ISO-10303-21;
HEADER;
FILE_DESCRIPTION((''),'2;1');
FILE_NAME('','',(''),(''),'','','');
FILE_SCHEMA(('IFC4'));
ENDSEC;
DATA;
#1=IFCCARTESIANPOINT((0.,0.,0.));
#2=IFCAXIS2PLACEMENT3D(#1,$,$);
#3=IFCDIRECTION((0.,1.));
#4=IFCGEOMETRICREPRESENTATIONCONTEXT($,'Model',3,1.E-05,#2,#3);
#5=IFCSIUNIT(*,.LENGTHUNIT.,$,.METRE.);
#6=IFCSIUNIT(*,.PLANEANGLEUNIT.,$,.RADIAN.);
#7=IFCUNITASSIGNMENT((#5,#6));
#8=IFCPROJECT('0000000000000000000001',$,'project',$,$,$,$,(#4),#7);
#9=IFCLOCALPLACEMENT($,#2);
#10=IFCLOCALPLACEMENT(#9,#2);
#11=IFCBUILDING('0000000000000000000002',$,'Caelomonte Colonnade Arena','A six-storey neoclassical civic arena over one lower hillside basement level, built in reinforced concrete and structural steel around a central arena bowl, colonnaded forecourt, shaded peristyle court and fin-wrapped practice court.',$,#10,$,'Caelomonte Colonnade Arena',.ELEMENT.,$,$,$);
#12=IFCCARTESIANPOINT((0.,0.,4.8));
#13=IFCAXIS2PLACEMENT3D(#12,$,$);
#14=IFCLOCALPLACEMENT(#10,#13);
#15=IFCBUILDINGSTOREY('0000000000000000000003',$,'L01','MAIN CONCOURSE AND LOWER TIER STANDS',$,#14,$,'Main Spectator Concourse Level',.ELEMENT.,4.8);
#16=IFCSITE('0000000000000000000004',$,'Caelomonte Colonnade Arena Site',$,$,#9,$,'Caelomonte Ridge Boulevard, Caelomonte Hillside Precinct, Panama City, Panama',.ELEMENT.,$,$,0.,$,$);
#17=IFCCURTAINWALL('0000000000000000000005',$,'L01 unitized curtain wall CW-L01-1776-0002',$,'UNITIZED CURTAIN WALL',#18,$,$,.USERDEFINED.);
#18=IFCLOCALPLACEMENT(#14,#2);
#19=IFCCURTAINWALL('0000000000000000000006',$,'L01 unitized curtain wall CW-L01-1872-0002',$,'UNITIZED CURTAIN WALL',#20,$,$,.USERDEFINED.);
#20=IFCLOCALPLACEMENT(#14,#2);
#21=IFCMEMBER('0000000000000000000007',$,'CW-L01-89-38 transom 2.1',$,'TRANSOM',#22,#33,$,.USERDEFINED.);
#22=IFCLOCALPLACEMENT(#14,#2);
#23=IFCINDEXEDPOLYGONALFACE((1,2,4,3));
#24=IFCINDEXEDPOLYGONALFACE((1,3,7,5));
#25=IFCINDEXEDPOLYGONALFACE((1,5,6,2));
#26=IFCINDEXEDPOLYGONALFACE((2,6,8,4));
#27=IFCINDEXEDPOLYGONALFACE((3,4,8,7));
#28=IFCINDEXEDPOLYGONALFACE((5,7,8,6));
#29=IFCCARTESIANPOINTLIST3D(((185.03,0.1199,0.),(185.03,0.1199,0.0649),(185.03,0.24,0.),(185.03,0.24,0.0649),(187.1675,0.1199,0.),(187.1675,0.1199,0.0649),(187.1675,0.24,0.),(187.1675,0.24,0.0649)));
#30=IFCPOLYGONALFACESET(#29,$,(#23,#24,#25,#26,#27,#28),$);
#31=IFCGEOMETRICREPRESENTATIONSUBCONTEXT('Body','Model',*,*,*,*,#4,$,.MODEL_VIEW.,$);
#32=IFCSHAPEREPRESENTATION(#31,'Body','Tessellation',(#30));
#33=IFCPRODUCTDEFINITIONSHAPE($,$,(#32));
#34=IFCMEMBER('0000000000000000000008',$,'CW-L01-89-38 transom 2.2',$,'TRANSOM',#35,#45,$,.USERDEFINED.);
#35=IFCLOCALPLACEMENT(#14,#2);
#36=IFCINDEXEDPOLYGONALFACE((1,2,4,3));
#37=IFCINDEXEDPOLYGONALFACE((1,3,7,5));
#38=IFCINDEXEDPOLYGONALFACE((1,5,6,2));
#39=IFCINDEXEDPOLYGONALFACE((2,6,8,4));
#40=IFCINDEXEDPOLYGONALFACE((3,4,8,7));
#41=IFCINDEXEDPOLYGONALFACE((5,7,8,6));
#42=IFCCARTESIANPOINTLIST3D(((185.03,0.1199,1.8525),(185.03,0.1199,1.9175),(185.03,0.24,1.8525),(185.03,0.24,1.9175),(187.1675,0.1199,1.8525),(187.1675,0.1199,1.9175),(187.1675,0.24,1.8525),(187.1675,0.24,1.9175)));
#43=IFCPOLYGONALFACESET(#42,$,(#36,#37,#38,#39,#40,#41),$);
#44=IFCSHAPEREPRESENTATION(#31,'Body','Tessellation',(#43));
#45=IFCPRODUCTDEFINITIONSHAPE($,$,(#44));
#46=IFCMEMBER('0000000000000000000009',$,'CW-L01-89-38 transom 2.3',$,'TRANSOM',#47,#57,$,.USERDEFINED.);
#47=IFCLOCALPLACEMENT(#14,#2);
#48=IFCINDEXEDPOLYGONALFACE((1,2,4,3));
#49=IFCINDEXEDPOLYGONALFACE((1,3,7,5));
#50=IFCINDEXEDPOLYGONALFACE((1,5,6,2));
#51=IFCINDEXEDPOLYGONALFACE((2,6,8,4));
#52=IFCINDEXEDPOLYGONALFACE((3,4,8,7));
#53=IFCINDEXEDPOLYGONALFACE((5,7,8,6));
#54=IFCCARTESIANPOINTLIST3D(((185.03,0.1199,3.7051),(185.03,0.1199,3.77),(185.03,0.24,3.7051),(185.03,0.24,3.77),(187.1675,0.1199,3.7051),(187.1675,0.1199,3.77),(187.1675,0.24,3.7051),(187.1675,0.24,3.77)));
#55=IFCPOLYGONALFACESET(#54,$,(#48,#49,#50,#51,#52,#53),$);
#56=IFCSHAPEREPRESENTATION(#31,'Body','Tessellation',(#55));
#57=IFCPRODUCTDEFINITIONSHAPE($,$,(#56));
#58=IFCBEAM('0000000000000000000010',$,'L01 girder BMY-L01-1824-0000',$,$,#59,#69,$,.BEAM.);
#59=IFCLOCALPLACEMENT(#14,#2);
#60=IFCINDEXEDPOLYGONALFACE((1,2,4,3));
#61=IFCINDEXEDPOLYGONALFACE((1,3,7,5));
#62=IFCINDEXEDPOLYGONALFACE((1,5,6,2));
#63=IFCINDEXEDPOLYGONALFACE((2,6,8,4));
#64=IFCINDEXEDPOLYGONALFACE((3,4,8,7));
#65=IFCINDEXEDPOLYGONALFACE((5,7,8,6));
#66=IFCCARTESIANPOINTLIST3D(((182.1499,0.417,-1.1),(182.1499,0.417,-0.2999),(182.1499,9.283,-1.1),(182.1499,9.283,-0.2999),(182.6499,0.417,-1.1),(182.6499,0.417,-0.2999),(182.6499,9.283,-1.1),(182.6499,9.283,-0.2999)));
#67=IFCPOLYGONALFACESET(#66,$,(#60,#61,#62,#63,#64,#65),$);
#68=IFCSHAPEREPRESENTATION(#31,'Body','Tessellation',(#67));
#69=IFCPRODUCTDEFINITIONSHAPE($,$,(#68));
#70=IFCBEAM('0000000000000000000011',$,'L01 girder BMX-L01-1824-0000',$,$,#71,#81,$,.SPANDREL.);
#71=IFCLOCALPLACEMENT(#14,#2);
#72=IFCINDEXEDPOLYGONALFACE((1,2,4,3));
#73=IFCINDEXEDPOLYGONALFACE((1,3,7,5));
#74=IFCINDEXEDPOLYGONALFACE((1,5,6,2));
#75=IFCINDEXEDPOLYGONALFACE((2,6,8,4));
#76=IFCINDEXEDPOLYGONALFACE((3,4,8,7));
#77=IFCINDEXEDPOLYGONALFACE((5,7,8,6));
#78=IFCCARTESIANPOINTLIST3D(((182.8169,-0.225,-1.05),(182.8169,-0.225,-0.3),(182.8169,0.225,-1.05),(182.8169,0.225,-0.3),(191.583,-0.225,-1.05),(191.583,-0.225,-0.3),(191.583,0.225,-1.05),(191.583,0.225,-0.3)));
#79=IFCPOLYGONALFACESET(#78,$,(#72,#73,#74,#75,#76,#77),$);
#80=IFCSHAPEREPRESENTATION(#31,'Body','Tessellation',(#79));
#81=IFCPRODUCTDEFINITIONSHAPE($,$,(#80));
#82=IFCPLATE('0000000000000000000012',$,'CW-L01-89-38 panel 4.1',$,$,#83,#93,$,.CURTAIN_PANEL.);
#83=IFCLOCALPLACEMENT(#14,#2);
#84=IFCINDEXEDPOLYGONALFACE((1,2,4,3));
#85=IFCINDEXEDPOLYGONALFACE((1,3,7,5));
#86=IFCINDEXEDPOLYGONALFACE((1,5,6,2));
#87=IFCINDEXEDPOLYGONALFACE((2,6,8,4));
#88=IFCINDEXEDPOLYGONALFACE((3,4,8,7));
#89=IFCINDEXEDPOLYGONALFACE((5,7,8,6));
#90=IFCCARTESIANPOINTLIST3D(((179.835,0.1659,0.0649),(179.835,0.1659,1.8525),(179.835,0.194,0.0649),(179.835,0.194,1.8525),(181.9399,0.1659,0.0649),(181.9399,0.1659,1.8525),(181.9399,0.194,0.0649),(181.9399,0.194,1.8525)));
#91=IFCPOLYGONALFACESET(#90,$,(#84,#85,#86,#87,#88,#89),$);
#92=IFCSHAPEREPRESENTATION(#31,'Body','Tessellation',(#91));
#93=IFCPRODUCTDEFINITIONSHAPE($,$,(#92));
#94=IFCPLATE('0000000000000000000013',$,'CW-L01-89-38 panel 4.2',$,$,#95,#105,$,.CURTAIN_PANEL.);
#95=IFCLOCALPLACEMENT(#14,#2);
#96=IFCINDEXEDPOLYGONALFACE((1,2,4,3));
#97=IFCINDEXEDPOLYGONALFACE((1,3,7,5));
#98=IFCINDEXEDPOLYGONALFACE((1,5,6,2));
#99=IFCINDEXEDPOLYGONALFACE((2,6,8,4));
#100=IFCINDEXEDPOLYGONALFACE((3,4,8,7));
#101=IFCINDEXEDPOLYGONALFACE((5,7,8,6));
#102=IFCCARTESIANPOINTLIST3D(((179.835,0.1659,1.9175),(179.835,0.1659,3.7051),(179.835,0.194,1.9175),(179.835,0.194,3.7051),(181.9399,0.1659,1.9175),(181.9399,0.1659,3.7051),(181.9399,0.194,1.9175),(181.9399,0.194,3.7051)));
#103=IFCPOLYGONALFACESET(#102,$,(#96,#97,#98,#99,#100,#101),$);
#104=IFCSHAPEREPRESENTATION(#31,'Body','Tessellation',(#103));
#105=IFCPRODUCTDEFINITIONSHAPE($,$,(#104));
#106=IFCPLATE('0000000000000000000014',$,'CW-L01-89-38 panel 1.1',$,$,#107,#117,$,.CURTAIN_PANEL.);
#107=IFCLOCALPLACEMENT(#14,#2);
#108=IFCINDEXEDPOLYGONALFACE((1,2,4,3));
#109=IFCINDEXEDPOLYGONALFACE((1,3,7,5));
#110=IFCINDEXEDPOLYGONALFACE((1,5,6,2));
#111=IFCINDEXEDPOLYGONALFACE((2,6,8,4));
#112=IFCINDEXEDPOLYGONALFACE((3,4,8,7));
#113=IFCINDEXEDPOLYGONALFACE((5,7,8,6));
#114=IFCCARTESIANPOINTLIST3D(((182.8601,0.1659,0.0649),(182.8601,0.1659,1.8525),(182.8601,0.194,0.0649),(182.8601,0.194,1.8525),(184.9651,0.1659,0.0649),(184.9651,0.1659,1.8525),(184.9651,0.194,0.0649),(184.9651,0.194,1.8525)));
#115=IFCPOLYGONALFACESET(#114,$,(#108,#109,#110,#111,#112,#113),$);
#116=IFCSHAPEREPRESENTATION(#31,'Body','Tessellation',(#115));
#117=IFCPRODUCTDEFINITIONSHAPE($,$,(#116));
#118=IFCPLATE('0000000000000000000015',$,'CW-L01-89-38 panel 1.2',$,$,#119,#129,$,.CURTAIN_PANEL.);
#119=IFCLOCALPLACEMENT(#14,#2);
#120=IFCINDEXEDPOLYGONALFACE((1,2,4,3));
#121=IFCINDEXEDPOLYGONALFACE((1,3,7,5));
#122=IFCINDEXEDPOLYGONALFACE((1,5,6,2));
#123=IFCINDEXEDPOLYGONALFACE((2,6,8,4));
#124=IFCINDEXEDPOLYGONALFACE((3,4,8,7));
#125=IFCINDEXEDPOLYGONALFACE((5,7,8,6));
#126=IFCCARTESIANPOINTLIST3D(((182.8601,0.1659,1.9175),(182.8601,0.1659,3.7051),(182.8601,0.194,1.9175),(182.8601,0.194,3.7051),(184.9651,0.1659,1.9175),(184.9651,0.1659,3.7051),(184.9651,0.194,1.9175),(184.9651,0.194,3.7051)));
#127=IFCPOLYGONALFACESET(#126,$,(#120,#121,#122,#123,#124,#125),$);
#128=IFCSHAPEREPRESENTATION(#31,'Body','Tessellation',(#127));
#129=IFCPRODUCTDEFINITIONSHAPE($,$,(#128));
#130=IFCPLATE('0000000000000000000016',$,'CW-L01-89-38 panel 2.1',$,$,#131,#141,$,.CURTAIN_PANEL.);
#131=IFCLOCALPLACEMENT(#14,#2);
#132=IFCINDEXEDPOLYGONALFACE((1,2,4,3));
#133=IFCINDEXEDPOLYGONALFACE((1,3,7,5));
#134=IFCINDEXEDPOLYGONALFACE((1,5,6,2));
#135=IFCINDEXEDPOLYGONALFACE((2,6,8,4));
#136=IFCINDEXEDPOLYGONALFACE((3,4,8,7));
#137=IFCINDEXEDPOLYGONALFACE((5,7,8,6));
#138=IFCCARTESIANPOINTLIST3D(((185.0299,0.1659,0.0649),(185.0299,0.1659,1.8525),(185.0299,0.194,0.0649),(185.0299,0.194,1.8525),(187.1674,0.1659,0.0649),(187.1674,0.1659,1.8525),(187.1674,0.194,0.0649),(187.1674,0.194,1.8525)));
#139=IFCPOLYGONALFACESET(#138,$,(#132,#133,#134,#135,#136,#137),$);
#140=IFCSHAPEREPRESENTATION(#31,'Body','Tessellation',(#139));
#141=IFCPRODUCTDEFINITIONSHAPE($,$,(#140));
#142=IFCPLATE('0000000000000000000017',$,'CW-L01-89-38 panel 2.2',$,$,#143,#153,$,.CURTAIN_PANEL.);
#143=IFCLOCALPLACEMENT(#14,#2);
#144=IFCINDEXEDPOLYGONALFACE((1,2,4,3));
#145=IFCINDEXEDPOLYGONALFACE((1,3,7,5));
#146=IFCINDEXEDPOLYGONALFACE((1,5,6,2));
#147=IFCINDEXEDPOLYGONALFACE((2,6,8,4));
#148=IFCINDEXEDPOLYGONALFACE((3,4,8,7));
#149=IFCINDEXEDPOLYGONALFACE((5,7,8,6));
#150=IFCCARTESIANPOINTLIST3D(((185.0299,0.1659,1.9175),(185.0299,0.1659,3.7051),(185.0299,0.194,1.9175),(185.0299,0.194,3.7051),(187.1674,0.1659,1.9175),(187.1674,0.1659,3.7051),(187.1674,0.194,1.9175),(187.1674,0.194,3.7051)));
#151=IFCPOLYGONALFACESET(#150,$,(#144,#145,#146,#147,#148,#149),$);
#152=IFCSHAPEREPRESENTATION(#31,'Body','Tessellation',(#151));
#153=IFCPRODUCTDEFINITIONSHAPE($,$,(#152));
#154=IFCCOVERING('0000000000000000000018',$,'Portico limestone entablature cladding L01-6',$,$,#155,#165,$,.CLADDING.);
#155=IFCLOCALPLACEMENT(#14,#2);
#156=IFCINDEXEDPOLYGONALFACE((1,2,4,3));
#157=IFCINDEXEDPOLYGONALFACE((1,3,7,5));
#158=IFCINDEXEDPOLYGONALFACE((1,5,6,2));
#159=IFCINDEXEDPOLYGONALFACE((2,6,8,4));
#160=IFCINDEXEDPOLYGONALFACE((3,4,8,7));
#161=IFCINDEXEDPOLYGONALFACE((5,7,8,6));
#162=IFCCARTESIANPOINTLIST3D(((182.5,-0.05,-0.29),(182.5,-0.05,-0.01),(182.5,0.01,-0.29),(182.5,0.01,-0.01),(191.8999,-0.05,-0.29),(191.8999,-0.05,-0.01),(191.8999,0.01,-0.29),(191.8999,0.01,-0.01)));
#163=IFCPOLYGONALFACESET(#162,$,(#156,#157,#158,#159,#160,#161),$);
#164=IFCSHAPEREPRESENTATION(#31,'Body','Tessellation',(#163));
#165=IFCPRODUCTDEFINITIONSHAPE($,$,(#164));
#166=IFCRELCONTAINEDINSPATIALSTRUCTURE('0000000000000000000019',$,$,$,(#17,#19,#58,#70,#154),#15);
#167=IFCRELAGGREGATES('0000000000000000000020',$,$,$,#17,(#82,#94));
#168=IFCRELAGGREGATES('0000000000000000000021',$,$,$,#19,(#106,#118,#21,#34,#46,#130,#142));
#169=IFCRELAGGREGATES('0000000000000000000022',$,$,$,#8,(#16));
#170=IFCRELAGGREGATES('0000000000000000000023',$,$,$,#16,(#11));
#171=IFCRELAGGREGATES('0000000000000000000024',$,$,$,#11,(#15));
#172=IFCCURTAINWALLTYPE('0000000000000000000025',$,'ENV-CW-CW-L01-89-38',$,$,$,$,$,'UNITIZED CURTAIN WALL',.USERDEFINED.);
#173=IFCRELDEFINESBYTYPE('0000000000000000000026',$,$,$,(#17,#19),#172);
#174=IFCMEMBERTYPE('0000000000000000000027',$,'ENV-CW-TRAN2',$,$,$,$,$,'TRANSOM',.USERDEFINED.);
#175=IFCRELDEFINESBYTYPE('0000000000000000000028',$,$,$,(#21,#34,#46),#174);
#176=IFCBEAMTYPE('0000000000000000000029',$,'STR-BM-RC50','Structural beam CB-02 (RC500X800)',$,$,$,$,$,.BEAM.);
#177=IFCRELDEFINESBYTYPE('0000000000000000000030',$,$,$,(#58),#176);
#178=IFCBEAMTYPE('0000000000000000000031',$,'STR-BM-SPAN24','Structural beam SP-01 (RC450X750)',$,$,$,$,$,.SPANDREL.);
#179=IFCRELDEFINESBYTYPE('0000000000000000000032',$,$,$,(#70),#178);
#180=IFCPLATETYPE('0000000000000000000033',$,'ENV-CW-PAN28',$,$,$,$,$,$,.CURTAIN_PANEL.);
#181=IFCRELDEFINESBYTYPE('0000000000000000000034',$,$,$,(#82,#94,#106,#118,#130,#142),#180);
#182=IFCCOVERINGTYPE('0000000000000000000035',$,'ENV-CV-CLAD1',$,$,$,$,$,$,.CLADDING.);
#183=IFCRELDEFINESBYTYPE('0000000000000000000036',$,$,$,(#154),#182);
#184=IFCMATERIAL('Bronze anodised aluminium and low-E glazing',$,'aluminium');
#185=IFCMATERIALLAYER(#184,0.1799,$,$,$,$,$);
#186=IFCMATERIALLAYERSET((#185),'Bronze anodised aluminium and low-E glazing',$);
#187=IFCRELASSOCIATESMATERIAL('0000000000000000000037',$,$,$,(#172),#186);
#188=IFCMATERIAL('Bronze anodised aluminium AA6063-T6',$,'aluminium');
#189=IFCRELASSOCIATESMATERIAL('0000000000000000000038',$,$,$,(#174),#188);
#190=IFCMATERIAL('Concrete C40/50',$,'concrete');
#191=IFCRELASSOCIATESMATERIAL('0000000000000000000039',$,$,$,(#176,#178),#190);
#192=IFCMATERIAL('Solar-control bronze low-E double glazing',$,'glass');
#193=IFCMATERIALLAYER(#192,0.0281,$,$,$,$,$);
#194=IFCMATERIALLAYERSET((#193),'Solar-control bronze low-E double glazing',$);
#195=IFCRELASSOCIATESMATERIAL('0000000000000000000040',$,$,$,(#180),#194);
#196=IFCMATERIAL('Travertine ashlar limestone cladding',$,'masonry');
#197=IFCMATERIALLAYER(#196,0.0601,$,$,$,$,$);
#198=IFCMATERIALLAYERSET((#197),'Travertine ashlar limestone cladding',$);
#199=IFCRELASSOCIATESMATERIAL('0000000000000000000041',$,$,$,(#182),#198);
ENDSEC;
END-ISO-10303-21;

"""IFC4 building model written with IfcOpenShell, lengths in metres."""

from ifc_helpers import new_model, si_unit, direction, frame, origin, origin_2d, place, context, subcontext, project, spatial, rectangle, extrude, material, layer, layer_set, material_profile, profile_set, type_object, element, aggregate, save


model = new_model("IFC4")

# Units and contexts
model_context = context("Model", 3, precision=1e-05, world=origin(), true_north=direction((0.0, 1.0)))
body_context = subcontext(model_context, "Body", "Model", "MODEL_VIEW")
ifc_project = project(units=[si_unit("LENGTHUNIT", "METRE"), si_unit("PLANEANGLEUNIT", "RADIAN")], contexts=[model_context])

# Site, building, storey
site_placement = place(None, origin())
site = spatial("IfcSite", under=ifc_project, at=site_placement, Name="Caelomonte Colonnade Arena Site", LongName="Caelomonte Ridge Boulevard, Caelomonte Hillside Precinct, Panama City, Panama", CompositionType="ELEMENT", RefElevation=0.0)
building_placement = place(site_placement, origin())
building = spatial("IfcBuilding", under=site, at=building_placement, Name="Caelomonte Colonnade Arena", Description="A six-storey neoclassical civic arena over one lower hillside basement level, built in reinforced concrete and structural steel around a central arena bowl, colonnaded forecourt, shaded peristyle court and fin-wrapped practice court.", LongName="Caelomonte Colonnade Arena", CompositionType="ELEMENT")
storey_placement = place(building_placement, frame((0.0, 0.0, 4.8)))
storey = spatial("IfcBuildingStorey", under=building, at=storey_placement, Name="L01", Description="MAIN CONCOURSE AND LOWER TIER STANDS", LongName="Main Spectator Concourse Level", CompositionType="ELEMENT", Elevation=4.8)

# Shared definitions
ifc_material_1 = material(Name="Concrete C40/50", Category="concrete")

# Curtain walls
ifc_material_2 = material(Name="Bronze anodised aluminium and low-E glazing", Category="aluminium")
ifc_layer_1 = layer(ifc_material_2, 0.1799)
ifc_layer_set_1 = layer_set([ifc_layer_1], Name="Bronze anodised aluminium and low-E glazing")
curtain_wall_type = type_object("IfcCurtainWallType", Name="ENV-CW-CW-L01-89-38", ElementType="UNITIZED CURTAIN WALL", PredefinedType="USERDEFINED", material=ifc_layer_set_1)
curtain_wall_1_placement = place(storey_placement, origin())
curtain_wall_1 = element("IfcCurtainWall", 1, at=curtain_wall_1_placement, inside=storey, type_object=curtain_wall_type, Name="L01 unitized curtain wall CW-L01-1776-0002", ObjectType="UNITIZED CURTAIN WALL", PredefinedType="USERDEFINED")
ifc_material_3 = material(Name="Bronze anodised aluminium AA6063-T6", Category="aluminium")
curtain_wall_2_placement = place(storey_placement, origin())
curtain_wall_2 = element("IfcCurtainWall", 2, at=curtain_wall_2_placement, inside=storey, type_object=curtain_wall_type, Name="L01 unitized curtain wall CW-L01-1872-0002", ObjectType="UNITIZED CURTAIN WALL", PredefinedType="USERDEFINED")

# Members
ifc_material_profile_1 = material_profile(ifc_material_3, rectangle(XDim=0.0649, YDim=0.1201, at=origin_2d()), Name="CWT-65X120")
ifc_profile_set_1 = profile_set([ifc_material_profile_1], Name="Bronze anodised aluminium AA6063-T6")
member_type_1 = type_object("IfcMemberType", Name="ENV-CW-TRAN2", ElementType="TRANSOM", PredefinedType="USERDEFINED", material=ifc_profile_set_1)
member_1_placement = place(storey_placement, frame((185.03, 0.1799, 0.0325), z_axis=(1.0, 0.0, 0.0), x_axis=(0.0, 0.0, 1.0)))
member_1 = element("IfcMember", 3, at=member_1_placement, type_object=member_type_1, Name="CW-L01-89-38 transom 2.1", ObjectType="TRANSOM", PredefinedType="USERDEFINED", context=body_context, shape_type="SweptSolid", body=[
    extrude(rectangle(XDim=0.0649, YDim=0.1201, at=origin_2d()), origin(), (0.0, 0.0, 1.0), 2.1375),
])
member_2_placement = place(storey_placement, frame((185.03, 0.1799, 1.885), z_axis=(1.0, 0.0, 0.0), x_axis=(0.0, 0.0, 1.0)))
member_2 = element("IfcMember", 4, at=member_2_placement, type_object=member_type_1, Name="CW-L01-89-38 transom 2.2", ObjectType="TRANSOM", PredefinedType="USERDEFINED", context=body_context, shape_type="SweptSolid", body=[
    extrude(rectangle(XDim=0.0649, YDim=0.1201, at=origin_2d()), origin(), (0.0, 0.0, 1.0), 2.1375),
])
member_3_placement = place(storey_placement, frame((185.03, 0.1799, 3.7375), z_axis=(1.0, 0.0, 0.0), x_axis=(0.0, 0.0, 1.0)))
member_3 = element("IfcMember", 5, at=member_3_placement, type_object=member_type_1, Name="CW-L01-89-38 transom 2.3", ObjectType="TRANSOM", PredefinedType="USERDEFINED", context=body_context, shape_type="SweptSolid", body=[
    extrude(rectangle(XDim=0.0649, YDim=0.1201, at=origin_2d()), origin(), (0.0, 0.0, 1.0), 2.1375),
])

# Beams
ifc_material_profile_2 = material_profile(ifc_material_1, rectangle(XDim=0.5, YDim=0.8, at=origin_2d()), Name="RC500X800")
ifc_profile_set_2 = profile_set([ifc_material_profile_2], Name="Concrete C40/50")
beam_type_1 = type_object("IfcBeamType", Name="STR-BM-RC50", Description="Structural beam CB-02 (RC500X800)", PredefinedType="BEAM", material=ifc_profile_set_2)
beam_1_placement = place(storey_placement, frame((182.3999, 0.417, -0.7), z_axis=(0.0, 1.0, 0.0), x_axis=(-1.0, 0.0, 0.0)))
element("IfcBeam", 6, at=beam_1_placement, inside=storey, type_object=beam_type_1, Name="L01 girder BMY-L01-1824-0000", PredefinedType="BEAM", context=body_context, shape_type="SweptSolid", body=[
    extrude(rectangle(XDim=0.5, YDim=0.8, at=origin_2d()), origin(), (0.0, 0.0, 1.0), 8.866),
])
ifc_material_profile_3 = material_profile(ifc_material_1, rectangle(XDim=0.45, YDim=0.75, at=origin_2d()), Name="RC450X750")
ifc_profile_set_3 = profile_set([ifc_material_profile_3], Name="Concrete C40/50")
beam_type_2 = type_object("IfcBeamType", Name="STR-BM-SPAN24", Description="Structural beam SP-01 (RC450X750)", PredefinedType="SPANDREL", material=ifc_profile_set_3)
beam_2_placement = place(storey_placement, frame((182.8169, 0.0, -0.675), z_axis=(1.0, 0.0, 0.0), x_axis=(0.0, 1.0, 0.0)))
element("IfcBeam", 7, at=beam_2_placement, inside=storey, type_object=beam_type_2, Name="L01 girder BMX-L01-1824-0000", PredefinedType="SPANDREL", context=body_context, shape_type="SweptSolid", body=[
    extrude(rectangle(XDim=0.45, YDim=0.75, at=origin_2d()), origin(), (0.0, 0.0, 1.0), 8.7661),
])

# Plates
ifc_material_4 = material(Name="Solar-control bronze low-E double glazing", Category="glass")
ifc_layer_2 = layer(ifc_material_4, 0.0281)
ifc_layer_set_2 = layer_set([ifc_layer_2], Name="Solar-control bronze low-E double glazing")
plate_type = type_object("IfcPlateType", Name="ENV-CW-PAN28", PredefinedType="CURTAIN_PANEL", material=ifc_layer_set_2)
plate_1_placement = place(storey_placement, frame((180.8875, 0.1799, 0.0649), z_axis=(0.0, 0.0, 1.0), x_axis=(1.0, 0.0, 0.0)))
plate_1 = element("IfcPlate", 8, at=plate_1_placement, type_object=plate_type, Name="CW-L01-89-38 panel 4.1", PredefinedType="CURTAIN_PANEL", context=body_context, shape_type="SweptSolid", body=[
    extrude(rectangle(XDim=2.105, YDim=0.0281, at=origin_2d()), origin(), (0.0, 0.0, 1.0), 1.7876),
])
plate_2_placement = place(storey_placement, frame((180.8875, 0.1799, 1.9175), z_axis=(0.0, 0.0, 1.0), x_axis=(1.0, 0.0, 0.0)))
plate_2 = element("IfcPlate", 9, at=plate_2_placement, type_object=plate_type, Name="CW-L01-89-38 panel 4.2", PredefinedType="CURTAIN_PANEL", context=body_context, shape_type="SweptSolid", body=[
    extrude(rectangle(XDim=2.105, YDim=0.0281, at=origin_2d()), origin(), (0.0, 0.0, 1.0), 1.7876),
])
aggregate(curtain_wall_1, [plate_1, plate_2])
plate_3_placement = place(storey_placement, frame((183.9126, 0.1799, 0.0649), z_axis=(0.0, 0.0, 1.0), x_axis=(1.0, 0.0, 0.0)))
plate_3 = element("IfcPlate", 10, at=plate_3_placement, type_object=plate_type, Name="CW-L01-89-38 panel 1.1", PredefinedType="CURTAIN_PANEL", context=body_context, shape_type="SweptSolid", body=[
    extrude(rectangle(XDim=2.105, YDim=0.0281, at=origin_2d()), origin(), (0.0, 0.0, 1.0), 1.7876),
])
plate_4_placement = place(storey_placement, frame((183.9126, 0.1799, 1.9175), z_axis=(0.0, 0.0, 1.0), x_axis=(1.0, 0.0, 0.0)))
plate_4 = element("IfcPlate", 11, at=plate_4_placement, type_object=plate_type, Name="CW-L01-89-38 panel 1.2", PredefinedType="CURTAIN_PANEL", context=body_context, shape_type="SweptSolid", body=[
    extrude(rectangle(XDim=2.105, YDim=0.0281, at=origin_2d()), origin(), (0.0, 0.0, 1.0), 1.7876),
])
plate_5_placement = place(storey_placement, frame((186.0986, 0.1799, 0.0649), z_axis=(0.0, 0.0, 1.0), x_axis=(1.0, 0.0, 0.0)))
plate_5 = element("IfcPlate", 12, at=plate_5_placement, type_object=plate_type, Name="CW-L01-89-38 panel 2.1", PredefinedType="CURTAIN_PANEL", context=body_context, shape_type="SweptSolid", body=[
    extrude(rectangle(XDim=2.1375, YDim=0.0281, at=origin_2d()), origin(), (0.0, 0.0, 1.0), 1.7876),
])
plate_6_placement = place(storey_placement, frame((186.0986, 0.1799, 1.9175), z_axis=(0.0, 0.0, 1.0), x_axis=(1.0, 0.0, 0.0)))
plate_6 = element("IfcPlate", 13, at=plate_6_placement, type_object=plate_type, Name="CW-L01-89-38 panel 2.2", PredefinedType="CURTAIN_PANEL", context=body_context, shape_type="SweptSolid", body=[
    extrude(rectangle(XDim=2.1375, YDim=0.0281, at=origin_2d()), origin(), (0.0, 0.0, 1.0), 1.7876),
])
aggregate(curtain_wall_2, [plate_3, plate_4, member_1, member_2, member_3, plate_5, plate_6])

# Covering
ifc_material_5 = material(Name="Travertine ashlar limestone cladding", Category="masonry")
ifc_layer_3 = layer(ifc_material_5, 0.0601)
ifc_layer_set_3 = layer_set([ifc_layer_3], Name="Travertine ashlar limestone cladding")
covering_type = type_object("IfcCoveringType", Name="ENV-CV-CLAD1", PredefinedType="CLADDING", material=ifc_layer_set_3)
covering_placement = place(storey_placement, frame((187.2, -0.02, -0.29), z_axis=(0.0, 0.0, 1.0), x_axis=(1.0, 0.0, 0.0)))
element("IfcCovering", 14, at=covering_placement, inside=storey, type_object=covering_type, Name="Portico limestone entablature cladding L01-6", PredefinedType="CLADDING", context=body_context, shape_type="SweptSolid", body=[
    extrude(rectangle(XDim=9.3999, YDim=0.0601, at=origin_2d()), origin(), (0.0, 0.0, 1.0), 0.28),
])

save(model, "model.ifc")
